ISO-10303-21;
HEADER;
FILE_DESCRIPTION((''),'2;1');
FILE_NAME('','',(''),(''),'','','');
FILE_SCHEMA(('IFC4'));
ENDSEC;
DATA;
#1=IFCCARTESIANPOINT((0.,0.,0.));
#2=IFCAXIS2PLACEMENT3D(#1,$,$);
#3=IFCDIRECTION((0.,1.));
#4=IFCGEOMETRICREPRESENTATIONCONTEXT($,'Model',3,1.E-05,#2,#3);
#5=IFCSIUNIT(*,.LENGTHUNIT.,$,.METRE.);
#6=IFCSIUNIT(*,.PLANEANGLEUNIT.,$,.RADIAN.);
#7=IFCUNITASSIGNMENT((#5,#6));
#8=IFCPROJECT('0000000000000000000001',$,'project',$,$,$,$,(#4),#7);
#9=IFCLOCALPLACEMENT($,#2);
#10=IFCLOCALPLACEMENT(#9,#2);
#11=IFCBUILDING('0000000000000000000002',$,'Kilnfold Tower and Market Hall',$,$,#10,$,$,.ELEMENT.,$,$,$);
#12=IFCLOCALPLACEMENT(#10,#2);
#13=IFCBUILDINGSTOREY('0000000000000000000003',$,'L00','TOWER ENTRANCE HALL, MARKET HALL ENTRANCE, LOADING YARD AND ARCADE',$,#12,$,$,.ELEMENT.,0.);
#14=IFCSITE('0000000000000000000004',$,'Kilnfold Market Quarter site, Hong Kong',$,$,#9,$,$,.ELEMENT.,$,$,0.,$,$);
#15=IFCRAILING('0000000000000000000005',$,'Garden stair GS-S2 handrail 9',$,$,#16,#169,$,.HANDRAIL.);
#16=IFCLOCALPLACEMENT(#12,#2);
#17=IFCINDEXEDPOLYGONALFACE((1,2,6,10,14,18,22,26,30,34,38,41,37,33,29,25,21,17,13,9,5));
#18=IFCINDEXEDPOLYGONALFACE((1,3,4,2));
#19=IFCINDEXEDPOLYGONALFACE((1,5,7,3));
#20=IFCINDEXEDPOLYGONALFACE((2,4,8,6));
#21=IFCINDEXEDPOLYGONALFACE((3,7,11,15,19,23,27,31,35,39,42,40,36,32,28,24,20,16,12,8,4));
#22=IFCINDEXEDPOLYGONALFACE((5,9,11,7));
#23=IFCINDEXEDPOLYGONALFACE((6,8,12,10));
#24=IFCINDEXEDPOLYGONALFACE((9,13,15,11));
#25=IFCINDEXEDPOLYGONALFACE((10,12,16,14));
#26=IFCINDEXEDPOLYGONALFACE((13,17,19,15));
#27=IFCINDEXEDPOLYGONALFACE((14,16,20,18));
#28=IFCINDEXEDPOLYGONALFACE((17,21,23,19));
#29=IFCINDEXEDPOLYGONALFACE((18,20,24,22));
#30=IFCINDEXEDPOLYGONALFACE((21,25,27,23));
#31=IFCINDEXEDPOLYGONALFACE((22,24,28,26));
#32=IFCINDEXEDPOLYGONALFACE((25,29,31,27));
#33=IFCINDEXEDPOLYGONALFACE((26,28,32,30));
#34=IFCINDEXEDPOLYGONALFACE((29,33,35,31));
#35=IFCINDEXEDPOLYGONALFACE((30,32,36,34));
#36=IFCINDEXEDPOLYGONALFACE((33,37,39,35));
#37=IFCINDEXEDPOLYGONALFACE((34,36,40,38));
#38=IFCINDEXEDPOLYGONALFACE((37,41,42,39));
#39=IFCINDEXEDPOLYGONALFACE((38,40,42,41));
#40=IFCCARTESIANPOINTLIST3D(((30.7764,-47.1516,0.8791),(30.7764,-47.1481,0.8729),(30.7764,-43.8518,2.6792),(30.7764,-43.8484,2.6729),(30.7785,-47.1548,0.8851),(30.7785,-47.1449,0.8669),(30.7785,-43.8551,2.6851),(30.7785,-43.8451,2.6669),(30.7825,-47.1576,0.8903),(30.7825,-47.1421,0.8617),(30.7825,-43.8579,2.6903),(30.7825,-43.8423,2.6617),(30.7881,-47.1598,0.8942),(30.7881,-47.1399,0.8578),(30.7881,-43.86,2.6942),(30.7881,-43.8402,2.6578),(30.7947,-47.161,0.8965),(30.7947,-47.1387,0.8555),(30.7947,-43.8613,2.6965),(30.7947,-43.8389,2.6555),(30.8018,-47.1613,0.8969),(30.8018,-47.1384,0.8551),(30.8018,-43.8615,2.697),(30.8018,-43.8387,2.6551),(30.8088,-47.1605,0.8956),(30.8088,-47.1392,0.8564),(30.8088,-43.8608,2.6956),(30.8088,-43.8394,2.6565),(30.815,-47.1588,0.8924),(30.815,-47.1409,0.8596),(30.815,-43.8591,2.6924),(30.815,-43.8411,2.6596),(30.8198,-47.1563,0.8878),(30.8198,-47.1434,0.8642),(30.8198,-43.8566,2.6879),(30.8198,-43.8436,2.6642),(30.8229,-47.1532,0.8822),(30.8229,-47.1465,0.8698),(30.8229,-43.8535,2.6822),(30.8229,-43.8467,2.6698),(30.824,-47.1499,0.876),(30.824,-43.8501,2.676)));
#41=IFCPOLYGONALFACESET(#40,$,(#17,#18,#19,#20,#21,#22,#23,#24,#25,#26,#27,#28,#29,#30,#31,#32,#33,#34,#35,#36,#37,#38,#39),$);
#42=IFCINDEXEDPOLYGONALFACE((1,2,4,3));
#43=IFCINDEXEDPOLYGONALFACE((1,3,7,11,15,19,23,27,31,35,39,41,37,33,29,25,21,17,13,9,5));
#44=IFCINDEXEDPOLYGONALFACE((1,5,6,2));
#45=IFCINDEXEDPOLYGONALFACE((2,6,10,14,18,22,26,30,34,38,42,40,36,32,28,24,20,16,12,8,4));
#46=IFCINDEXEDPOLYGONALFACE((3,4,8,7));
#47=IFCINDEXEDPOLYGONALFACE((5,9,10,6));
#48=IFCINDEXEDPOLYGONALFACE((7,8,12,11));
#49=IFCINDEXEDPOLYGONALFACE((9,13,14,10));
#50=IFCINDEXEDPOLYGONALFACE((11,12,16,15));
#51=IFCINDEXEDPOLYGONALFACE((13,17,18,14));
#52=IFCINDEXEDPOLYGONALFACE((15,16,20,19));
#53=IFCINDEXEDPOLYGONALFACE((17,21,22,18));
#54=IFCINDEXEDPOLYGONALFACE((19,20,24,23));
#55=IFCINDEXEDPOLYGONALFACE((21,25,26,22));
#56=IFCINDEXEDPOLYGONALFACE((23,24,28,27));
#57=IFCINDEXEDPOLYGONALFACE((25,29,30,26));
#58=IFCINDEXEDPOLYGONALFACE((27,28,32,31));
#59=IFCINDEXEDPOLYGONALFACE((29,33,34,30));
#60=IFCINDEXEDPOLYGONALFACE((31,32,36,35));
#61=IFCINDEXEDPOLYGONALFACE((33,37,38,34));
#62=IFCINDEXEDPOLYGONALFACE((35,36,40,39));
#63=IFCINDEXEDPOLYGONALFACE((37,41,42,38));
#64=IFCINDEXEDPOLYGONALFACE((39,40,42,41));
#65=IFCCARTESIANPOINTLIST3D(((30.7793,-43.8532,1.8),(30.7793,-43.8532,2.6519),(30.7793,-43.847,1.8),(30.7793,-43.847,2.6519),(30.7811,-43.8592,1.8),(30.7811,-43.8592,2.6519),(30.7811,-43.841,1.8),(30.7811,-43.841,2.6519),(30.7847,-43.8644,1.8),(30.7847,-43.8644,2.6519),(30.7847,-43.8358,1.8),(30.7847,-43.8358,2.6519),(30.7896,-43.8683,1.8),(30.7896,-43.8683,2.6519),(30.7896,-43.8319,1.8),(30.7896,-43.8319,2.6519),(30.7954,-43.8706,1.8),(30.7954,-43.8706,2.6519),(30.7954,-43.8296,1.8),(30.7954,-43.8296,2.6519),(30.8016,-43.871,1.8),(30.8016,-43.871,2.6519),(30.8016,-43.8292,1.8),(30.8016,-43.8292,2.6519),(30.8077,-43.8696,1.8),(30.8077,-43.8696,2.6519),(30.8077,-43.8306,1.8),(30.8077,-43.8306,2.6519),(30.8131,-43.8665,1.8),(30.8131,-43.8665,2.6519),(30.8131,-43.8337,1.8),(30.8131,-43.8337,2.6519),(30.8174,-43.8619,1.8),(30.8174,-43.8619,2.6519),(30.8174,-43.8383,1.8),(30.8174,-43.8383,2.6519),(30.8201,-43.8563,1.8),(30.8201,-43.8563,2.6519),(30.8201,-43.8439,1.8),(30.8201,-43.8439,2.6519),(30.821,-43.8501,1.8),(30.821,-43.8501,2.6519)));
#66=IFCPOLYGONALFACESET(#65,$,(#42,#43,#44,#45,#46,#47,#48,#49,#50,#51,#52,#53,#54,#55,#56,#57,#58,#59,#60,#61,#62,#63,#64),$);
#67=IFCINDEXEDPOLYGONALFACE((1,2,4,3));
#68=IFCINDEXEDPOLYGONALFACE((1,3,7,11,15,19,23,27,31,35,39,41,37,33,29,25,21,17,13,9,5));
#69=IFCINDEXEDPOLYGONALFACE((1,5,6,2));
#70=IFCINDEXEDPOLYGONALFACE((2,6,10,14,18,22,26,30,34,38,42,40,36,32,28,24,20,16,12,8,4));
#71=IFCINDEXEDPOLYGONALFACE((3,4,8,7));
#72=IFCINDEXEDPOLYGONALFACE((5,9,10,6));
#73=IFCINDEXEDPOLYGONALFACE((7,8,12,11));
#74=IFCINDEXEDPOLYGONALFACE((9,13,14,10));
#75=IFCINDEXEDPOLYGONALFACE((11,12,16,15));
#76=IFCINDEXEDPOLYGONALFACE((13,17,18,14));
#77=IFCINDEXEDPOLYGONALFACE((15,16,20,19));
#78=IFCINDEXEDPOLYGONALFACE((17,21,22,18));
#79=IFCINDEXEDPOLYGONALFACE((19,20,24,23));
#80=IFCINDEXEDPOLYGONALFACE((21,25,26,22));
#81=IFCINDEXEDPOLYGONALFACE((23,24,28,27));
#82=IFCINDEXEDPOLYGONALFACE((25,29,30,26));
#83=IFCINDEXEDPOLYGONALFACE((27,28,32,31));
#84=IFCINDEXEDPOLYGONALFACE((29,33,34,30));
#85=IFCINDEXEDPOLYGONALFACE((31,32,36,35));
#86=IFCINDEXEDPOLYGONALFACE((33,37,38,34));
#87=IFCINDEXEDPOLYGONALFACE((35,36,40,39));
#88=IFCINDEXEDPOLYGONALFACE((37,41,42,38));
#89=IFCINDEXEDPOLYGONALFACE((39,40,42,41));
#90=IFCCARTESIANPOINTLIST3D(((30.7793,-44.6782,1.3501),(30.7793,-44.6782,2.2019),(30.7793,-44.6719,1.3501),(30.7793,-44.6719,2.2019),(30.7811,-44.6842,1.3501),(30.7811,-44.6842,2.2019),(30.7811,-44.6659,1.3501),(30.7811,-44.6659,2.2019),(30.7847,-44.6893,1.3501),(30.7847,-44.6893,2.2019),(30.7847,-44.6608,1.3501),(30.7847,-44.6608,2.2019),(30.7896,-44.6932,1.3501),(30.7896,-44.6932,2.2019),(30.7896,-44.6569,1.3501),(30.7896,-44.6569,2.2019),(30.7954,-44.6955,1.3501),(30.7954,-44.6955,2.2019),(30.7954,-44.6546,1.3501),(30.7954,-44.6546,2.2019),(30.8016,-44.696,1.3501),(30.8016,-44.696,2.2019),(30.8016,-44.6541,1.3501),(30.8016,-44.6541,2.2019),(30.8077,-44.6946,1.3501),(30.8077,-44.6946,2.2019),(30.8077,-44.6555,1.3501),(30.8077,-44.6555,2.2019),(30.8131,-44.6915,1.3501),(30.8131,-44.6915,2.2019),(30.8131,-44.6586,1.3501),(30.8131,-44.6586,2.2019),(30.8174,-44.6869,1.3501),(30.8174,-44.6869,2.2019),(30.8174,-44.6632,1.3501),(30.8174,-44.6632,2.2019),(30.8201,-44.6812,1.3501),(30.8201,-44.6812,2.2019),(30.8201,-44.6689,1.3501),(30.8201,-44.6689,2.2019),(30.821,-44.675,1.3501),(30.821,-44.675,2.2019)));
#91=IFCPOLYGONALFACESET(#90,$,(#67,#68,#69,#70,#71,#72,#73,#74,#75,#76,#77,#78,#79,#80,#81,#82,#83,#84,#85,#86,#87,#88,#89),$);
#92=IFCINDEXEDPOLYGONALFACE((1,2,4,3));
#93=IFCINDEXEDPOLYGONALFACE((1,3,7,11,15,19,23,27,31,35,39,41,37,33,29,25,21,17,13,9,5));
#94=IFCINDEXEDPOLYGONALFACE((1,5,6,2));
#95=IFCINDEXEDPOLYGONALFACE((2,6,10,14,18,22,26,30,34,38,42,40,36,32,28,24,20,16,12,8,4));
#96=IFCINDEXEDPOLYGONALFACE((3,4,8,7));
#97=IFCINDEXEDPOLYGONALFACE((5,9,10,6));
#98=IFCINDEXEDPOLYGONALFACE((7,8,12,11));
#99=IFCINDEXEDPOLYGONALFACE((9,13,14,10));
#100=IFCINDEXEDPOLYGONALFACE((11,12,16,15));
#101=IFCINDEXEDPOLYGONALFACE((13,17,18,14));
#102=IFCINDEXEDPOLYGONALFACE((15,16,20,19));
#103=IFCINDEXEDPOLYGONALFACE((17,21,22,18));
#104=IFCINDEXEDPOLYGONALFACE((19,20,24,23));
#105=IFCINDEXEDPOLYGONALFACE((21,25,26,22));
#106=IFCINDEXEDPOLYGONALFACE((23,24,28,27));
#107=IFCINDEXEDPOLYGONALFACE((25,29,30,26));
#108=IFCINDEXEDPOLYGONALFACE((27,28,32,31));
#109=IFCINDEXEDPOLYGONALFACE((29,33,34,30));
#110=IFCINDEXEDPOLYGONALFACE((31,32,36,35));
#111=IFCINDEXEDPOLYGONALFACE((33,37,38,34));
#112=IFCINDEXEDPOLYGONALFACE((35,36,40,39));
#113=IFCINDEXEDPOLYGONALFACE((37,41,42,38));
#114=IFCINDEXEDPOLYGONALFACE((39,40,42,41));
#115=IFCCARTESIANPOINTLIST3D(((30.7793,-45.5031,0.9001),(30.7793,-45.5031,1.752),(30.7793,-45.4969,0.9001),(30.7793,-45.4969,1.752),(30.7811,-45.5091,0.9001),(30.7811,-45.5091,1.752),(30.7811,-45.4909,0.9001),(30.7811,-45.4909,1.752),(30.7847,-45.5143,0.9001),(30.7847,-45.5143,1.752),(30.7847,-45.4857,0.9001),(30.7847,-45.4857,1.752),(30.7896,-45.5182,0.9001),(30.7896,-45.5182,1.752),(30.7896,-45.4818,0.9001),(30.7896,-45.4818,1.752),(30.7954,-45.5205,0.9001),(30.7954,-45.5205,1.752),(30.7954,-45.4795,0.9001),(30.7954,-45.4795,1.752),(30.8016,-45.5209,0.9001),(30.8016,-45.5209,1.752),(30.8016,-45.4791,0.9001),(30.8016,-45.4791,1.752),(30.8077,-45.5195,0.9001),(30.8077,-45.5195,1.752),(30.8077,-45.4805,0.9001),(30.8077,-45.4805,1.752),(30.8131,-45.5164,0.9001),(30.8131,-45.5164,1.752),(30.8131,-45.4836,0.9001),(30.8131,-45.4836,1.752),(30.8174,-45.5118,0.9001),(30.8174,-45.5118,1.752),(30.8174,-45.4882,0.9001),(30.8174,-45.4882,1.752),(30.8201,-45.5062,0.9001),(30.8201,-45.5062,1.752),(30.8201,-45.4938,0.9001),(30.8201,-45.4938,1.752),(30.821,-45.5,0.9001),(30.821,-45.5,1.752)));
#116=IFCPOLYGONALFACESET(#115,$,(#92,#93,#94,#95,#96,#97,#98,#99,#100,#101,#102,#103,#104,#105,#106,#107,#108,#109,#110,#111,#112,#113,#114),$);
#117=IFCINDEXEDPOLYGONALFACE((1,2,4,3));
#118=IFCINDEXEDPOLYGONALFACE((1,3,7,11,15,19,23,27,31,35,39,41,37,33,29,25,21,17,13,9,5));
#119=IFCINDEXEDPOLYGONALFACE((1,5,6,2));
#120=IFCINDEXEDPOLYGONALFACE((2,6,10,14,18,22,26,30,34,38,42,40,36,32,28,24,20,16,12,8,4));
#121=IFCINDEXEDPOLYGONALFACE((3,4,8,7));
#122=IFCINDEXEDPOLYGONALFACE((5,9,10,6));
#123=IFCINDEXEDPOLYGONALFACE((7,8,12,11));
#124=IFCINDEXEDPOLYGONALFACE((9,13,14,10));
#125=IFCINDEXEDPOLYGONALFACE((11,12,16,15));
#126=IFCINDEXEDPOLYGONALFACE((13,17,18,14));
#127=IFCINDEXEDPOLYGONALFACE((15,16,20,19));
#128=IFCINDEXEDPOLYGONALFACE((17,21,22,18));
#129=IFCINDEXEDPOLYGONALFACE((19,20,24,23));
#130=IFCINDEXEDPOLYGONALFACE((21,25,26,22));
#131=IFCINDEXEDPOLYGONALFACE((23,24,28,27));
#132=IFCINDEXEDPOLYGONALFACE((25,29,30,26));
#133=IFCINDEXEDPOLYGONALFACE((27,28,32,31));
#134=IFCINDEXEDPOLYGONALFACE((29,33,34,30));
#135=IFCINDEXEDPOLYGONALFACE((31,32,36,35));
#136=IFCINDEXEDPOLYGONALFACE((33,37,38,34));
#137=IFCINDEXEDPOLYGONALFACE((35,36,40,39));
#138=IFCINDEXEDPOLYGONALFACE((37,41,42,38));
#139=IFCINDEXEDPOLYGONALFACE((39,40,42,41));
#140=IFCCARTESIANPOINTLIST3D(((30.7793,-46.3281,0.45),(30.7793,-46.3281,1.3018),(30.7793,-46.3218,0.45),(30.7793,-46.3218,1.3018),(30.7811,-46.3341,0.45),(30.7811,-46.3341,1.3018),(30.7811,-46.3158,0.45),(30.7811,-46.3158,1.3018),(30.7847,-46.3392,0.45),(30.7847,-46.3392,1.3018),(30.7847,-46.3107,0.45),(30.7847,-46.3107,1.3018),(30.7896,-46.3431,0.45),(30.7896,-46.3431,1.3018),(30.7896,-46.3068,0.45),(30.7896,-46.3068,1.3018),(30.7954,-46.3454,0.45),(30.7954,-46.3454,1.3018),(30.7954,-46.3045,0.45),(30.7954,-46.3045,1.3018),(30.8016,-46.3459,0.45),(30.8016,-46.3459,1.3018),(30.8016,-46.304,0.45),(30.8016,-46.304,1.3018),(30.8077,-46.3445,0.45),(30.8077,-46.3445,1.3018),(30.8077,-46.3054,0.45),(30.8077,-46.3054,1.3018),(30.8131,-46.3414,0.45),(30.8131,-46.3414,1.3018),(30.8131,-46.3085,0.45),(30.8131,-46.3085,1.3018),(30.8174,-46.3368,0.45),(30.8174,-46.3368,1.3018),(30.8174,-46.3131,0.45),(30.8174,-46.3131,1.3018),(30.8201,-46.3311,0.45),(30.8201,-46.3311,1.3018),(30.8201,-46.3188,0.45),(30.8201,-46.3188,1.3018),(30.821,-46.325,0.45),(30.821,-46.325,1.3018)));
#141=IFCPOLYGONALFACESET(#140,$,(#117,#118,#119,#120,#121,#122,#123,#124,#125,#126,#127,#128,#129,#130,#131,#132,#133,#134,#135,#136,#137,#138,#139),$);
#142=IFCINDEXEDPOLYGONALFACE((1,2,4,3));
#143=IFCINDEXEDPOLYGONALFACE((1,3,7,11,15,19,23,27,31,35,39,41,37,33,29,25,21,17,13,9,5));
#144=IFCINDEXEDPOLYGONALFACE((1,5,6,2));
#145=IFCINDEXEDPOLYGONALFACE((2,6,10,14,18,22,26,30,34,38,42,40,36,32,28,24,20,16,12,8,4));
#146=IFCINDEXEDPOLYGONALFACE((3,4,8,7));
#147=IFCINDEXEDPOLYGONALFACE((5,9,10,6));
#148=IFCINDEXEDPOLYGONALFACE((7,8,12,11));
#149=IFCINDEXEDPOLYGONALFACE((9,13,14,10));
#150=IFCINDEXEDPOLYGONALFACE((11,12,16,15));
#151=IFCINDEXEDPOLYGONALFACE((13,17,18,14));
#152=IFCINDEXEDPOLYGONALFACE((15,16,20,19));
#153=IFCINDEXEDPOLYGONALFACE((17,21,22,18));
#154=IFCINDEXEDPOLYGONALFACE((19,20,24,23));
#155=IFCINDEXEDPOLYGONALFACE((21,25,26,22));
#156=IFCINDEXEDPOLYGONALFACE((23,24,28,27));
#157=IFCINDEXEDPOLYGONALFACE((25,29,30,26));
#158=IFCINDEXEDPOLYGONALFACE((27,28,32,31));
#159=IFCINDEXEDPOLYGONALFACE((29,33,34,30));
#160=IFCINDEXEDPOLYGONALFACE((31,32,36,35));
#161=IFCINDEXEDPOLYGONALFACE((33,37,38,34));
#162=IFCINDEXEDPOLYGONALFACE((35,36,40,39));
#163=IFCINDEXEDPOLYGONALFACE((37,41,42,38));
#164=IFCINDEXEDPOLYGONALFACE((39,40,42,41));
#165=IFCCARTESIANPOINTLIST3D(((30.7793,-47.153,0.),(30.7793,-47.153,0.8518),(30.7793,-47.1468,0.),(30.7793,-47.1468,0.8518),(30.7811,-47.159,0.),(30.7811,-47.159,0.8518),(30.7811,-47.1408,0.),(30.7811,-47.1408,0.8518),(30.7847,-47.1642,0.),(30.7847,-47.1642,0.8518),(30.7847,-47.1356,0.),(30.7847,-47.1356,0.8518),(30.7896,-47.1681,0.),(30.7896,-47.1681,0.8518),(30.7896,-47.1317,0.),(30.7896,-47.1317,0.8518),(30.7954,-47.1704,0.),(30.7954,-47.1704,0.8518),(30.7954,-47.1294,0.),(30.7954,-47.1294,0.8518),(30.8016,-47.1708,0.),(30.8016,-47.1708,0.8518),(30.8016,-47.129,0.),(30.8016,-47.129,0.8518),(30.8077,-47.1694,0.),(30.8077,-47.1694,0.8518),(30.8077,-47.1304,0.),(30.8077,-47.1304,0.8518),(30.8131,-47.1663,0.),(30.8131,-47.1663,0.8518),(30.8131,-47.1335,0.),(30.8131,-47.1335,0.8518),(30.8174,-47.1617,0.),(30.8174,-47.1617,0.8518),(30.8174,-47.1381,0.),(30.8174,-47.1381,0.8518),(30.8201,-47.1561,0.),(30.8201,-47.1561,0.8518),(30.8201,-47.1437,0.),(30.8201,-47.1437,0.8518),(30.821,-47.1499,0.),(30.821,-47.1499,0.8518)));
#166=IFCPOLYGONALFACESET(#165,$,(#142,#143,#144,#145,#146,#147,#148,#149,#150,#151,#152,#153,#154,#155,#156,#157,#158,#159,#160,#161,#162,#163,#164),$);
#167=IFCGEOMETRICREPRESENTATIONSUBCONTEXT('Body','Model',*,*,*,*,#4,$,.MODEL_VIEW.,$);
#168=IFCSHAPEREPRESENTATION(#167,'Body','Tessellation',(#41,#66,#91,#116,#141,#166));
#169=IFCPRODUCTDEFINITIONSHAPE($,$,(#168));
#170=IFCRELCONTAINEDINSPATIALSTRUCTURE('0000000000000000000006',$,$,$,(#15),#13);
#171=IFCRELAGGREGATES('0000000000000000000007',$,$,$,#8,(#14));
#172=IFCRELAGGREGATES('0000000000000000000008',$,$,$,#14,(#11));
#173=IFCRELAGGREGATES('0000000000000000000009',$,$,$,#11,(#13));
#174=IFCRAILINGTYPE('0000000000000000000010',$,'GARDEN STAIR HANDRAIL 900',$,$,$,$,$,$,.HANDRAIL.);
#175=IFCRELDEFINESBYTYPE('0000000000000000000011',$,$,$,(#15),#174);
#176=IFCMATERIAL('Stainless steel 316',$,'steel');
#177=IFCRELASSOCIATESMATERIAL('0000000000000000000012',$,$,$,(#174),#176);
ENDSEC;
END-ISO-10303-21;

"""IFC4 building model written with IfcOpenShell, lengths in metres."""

from ifc_helpers import new_model, si_unit, direction, frame, origin, origin_2d, place, context, subcontext, project, spatial, circle, extrude, material, type_object, element, save


model = new_model("IFC4")

# Units and contexts
model_context = context("Model", 3, precision=1e-05, world=origin(), true_north=direction((0.0, 1.0)))
body_context = subcontext(model_context, "Body", "Model", "MODEL_VIEW")
ifc_project = project(units=[si_unit("LENGTHUNIT", "METRE"), si_unit("PLANEANGLEUNIT", "RADIAN")], contexts=[model_context])

# Site, building, storey
site_placement = place(None, origin())
site = spatial("IfcSite", under=ifc_project, at=site_placement, Name="Kilnfold Market Quarter site, Hong Kong", CompositionType="ELEMENT", RefElevation=0.0)
building_placement = place(site_placement, origin())
building = spatial("IfcBuilding", under=site, at=building_placement, Name="Kilnfold Tower and Market Hall", CompositionType="ELEMENT")
storey_placement = place(building_placement, origin())
storey = spatial("IfcBuildingStorey", under=building, at=storey_placement, Name="L00", Description="TOWER ENTRANCE HALL, MARKET HALL ENTRANCE, LOADING YARD AND ARCADE", CompositionType="ELEMENT", Elevation=0.0)

# Railing
ifc_material_1 = material(Name="Stainless steel 316", Category="steel")
railing_type_1 = type_object("IfcRailingType", Name="GARDEN STAIR HANDRAIL 900", PredefinedType="HANDRAIL", material=ifc_material_1)
railing_1_placement = place(storey_placement, frame((30.8, -43.8501, 1.8)))
element("IfcRailing", 1, at=railing_1_placement, inside=storey, type_object=railing_type_1, Name="Garden stair GS-S2 handrail 9", PredefinedType="HANDRAIL", context=body_context, shape_type="SweptSolid", body=[
    extrude(circle(Radius=0.0239, at=origin_2d()), frame((0.0, 0.0, 0.876), z_axis=(0.0, -0.877878, -0.478884), x_axis=(1.0, 0.0, 0.0)), (0.0, 0.0, 1.0), 3.7588),
    extrude(circle(Radius=0.021, at=origin_2d()), origin(), (0.0, 0.0, 1.0), 0.8518),
    extrude(circle(Radius=0.021, at=origin_2d()), frame((0.0, -0.825, -0.45)), (0.0, 0.0, 1.0), 0.8518),
    extrude(circle(Radius=0.021, at=origin_2d()), frame((0.0, -1.6499, -0.8999)), (0.0, 0.0, 1.0), 0.8518),
    extrude(circle(Radius=0.021, at=origin_2d()), frame((0.0, -2.4749, -1.3501)), (0.0, 0.0, 1.0), 0.8518),
    extrude(circle(Radius=0.021, at=origin_2d()), frame((0.0, -3.2998, -1.8)), (0.0, 0.0, 1.0), 0.8518),
])

save(model, "model.ifc")
